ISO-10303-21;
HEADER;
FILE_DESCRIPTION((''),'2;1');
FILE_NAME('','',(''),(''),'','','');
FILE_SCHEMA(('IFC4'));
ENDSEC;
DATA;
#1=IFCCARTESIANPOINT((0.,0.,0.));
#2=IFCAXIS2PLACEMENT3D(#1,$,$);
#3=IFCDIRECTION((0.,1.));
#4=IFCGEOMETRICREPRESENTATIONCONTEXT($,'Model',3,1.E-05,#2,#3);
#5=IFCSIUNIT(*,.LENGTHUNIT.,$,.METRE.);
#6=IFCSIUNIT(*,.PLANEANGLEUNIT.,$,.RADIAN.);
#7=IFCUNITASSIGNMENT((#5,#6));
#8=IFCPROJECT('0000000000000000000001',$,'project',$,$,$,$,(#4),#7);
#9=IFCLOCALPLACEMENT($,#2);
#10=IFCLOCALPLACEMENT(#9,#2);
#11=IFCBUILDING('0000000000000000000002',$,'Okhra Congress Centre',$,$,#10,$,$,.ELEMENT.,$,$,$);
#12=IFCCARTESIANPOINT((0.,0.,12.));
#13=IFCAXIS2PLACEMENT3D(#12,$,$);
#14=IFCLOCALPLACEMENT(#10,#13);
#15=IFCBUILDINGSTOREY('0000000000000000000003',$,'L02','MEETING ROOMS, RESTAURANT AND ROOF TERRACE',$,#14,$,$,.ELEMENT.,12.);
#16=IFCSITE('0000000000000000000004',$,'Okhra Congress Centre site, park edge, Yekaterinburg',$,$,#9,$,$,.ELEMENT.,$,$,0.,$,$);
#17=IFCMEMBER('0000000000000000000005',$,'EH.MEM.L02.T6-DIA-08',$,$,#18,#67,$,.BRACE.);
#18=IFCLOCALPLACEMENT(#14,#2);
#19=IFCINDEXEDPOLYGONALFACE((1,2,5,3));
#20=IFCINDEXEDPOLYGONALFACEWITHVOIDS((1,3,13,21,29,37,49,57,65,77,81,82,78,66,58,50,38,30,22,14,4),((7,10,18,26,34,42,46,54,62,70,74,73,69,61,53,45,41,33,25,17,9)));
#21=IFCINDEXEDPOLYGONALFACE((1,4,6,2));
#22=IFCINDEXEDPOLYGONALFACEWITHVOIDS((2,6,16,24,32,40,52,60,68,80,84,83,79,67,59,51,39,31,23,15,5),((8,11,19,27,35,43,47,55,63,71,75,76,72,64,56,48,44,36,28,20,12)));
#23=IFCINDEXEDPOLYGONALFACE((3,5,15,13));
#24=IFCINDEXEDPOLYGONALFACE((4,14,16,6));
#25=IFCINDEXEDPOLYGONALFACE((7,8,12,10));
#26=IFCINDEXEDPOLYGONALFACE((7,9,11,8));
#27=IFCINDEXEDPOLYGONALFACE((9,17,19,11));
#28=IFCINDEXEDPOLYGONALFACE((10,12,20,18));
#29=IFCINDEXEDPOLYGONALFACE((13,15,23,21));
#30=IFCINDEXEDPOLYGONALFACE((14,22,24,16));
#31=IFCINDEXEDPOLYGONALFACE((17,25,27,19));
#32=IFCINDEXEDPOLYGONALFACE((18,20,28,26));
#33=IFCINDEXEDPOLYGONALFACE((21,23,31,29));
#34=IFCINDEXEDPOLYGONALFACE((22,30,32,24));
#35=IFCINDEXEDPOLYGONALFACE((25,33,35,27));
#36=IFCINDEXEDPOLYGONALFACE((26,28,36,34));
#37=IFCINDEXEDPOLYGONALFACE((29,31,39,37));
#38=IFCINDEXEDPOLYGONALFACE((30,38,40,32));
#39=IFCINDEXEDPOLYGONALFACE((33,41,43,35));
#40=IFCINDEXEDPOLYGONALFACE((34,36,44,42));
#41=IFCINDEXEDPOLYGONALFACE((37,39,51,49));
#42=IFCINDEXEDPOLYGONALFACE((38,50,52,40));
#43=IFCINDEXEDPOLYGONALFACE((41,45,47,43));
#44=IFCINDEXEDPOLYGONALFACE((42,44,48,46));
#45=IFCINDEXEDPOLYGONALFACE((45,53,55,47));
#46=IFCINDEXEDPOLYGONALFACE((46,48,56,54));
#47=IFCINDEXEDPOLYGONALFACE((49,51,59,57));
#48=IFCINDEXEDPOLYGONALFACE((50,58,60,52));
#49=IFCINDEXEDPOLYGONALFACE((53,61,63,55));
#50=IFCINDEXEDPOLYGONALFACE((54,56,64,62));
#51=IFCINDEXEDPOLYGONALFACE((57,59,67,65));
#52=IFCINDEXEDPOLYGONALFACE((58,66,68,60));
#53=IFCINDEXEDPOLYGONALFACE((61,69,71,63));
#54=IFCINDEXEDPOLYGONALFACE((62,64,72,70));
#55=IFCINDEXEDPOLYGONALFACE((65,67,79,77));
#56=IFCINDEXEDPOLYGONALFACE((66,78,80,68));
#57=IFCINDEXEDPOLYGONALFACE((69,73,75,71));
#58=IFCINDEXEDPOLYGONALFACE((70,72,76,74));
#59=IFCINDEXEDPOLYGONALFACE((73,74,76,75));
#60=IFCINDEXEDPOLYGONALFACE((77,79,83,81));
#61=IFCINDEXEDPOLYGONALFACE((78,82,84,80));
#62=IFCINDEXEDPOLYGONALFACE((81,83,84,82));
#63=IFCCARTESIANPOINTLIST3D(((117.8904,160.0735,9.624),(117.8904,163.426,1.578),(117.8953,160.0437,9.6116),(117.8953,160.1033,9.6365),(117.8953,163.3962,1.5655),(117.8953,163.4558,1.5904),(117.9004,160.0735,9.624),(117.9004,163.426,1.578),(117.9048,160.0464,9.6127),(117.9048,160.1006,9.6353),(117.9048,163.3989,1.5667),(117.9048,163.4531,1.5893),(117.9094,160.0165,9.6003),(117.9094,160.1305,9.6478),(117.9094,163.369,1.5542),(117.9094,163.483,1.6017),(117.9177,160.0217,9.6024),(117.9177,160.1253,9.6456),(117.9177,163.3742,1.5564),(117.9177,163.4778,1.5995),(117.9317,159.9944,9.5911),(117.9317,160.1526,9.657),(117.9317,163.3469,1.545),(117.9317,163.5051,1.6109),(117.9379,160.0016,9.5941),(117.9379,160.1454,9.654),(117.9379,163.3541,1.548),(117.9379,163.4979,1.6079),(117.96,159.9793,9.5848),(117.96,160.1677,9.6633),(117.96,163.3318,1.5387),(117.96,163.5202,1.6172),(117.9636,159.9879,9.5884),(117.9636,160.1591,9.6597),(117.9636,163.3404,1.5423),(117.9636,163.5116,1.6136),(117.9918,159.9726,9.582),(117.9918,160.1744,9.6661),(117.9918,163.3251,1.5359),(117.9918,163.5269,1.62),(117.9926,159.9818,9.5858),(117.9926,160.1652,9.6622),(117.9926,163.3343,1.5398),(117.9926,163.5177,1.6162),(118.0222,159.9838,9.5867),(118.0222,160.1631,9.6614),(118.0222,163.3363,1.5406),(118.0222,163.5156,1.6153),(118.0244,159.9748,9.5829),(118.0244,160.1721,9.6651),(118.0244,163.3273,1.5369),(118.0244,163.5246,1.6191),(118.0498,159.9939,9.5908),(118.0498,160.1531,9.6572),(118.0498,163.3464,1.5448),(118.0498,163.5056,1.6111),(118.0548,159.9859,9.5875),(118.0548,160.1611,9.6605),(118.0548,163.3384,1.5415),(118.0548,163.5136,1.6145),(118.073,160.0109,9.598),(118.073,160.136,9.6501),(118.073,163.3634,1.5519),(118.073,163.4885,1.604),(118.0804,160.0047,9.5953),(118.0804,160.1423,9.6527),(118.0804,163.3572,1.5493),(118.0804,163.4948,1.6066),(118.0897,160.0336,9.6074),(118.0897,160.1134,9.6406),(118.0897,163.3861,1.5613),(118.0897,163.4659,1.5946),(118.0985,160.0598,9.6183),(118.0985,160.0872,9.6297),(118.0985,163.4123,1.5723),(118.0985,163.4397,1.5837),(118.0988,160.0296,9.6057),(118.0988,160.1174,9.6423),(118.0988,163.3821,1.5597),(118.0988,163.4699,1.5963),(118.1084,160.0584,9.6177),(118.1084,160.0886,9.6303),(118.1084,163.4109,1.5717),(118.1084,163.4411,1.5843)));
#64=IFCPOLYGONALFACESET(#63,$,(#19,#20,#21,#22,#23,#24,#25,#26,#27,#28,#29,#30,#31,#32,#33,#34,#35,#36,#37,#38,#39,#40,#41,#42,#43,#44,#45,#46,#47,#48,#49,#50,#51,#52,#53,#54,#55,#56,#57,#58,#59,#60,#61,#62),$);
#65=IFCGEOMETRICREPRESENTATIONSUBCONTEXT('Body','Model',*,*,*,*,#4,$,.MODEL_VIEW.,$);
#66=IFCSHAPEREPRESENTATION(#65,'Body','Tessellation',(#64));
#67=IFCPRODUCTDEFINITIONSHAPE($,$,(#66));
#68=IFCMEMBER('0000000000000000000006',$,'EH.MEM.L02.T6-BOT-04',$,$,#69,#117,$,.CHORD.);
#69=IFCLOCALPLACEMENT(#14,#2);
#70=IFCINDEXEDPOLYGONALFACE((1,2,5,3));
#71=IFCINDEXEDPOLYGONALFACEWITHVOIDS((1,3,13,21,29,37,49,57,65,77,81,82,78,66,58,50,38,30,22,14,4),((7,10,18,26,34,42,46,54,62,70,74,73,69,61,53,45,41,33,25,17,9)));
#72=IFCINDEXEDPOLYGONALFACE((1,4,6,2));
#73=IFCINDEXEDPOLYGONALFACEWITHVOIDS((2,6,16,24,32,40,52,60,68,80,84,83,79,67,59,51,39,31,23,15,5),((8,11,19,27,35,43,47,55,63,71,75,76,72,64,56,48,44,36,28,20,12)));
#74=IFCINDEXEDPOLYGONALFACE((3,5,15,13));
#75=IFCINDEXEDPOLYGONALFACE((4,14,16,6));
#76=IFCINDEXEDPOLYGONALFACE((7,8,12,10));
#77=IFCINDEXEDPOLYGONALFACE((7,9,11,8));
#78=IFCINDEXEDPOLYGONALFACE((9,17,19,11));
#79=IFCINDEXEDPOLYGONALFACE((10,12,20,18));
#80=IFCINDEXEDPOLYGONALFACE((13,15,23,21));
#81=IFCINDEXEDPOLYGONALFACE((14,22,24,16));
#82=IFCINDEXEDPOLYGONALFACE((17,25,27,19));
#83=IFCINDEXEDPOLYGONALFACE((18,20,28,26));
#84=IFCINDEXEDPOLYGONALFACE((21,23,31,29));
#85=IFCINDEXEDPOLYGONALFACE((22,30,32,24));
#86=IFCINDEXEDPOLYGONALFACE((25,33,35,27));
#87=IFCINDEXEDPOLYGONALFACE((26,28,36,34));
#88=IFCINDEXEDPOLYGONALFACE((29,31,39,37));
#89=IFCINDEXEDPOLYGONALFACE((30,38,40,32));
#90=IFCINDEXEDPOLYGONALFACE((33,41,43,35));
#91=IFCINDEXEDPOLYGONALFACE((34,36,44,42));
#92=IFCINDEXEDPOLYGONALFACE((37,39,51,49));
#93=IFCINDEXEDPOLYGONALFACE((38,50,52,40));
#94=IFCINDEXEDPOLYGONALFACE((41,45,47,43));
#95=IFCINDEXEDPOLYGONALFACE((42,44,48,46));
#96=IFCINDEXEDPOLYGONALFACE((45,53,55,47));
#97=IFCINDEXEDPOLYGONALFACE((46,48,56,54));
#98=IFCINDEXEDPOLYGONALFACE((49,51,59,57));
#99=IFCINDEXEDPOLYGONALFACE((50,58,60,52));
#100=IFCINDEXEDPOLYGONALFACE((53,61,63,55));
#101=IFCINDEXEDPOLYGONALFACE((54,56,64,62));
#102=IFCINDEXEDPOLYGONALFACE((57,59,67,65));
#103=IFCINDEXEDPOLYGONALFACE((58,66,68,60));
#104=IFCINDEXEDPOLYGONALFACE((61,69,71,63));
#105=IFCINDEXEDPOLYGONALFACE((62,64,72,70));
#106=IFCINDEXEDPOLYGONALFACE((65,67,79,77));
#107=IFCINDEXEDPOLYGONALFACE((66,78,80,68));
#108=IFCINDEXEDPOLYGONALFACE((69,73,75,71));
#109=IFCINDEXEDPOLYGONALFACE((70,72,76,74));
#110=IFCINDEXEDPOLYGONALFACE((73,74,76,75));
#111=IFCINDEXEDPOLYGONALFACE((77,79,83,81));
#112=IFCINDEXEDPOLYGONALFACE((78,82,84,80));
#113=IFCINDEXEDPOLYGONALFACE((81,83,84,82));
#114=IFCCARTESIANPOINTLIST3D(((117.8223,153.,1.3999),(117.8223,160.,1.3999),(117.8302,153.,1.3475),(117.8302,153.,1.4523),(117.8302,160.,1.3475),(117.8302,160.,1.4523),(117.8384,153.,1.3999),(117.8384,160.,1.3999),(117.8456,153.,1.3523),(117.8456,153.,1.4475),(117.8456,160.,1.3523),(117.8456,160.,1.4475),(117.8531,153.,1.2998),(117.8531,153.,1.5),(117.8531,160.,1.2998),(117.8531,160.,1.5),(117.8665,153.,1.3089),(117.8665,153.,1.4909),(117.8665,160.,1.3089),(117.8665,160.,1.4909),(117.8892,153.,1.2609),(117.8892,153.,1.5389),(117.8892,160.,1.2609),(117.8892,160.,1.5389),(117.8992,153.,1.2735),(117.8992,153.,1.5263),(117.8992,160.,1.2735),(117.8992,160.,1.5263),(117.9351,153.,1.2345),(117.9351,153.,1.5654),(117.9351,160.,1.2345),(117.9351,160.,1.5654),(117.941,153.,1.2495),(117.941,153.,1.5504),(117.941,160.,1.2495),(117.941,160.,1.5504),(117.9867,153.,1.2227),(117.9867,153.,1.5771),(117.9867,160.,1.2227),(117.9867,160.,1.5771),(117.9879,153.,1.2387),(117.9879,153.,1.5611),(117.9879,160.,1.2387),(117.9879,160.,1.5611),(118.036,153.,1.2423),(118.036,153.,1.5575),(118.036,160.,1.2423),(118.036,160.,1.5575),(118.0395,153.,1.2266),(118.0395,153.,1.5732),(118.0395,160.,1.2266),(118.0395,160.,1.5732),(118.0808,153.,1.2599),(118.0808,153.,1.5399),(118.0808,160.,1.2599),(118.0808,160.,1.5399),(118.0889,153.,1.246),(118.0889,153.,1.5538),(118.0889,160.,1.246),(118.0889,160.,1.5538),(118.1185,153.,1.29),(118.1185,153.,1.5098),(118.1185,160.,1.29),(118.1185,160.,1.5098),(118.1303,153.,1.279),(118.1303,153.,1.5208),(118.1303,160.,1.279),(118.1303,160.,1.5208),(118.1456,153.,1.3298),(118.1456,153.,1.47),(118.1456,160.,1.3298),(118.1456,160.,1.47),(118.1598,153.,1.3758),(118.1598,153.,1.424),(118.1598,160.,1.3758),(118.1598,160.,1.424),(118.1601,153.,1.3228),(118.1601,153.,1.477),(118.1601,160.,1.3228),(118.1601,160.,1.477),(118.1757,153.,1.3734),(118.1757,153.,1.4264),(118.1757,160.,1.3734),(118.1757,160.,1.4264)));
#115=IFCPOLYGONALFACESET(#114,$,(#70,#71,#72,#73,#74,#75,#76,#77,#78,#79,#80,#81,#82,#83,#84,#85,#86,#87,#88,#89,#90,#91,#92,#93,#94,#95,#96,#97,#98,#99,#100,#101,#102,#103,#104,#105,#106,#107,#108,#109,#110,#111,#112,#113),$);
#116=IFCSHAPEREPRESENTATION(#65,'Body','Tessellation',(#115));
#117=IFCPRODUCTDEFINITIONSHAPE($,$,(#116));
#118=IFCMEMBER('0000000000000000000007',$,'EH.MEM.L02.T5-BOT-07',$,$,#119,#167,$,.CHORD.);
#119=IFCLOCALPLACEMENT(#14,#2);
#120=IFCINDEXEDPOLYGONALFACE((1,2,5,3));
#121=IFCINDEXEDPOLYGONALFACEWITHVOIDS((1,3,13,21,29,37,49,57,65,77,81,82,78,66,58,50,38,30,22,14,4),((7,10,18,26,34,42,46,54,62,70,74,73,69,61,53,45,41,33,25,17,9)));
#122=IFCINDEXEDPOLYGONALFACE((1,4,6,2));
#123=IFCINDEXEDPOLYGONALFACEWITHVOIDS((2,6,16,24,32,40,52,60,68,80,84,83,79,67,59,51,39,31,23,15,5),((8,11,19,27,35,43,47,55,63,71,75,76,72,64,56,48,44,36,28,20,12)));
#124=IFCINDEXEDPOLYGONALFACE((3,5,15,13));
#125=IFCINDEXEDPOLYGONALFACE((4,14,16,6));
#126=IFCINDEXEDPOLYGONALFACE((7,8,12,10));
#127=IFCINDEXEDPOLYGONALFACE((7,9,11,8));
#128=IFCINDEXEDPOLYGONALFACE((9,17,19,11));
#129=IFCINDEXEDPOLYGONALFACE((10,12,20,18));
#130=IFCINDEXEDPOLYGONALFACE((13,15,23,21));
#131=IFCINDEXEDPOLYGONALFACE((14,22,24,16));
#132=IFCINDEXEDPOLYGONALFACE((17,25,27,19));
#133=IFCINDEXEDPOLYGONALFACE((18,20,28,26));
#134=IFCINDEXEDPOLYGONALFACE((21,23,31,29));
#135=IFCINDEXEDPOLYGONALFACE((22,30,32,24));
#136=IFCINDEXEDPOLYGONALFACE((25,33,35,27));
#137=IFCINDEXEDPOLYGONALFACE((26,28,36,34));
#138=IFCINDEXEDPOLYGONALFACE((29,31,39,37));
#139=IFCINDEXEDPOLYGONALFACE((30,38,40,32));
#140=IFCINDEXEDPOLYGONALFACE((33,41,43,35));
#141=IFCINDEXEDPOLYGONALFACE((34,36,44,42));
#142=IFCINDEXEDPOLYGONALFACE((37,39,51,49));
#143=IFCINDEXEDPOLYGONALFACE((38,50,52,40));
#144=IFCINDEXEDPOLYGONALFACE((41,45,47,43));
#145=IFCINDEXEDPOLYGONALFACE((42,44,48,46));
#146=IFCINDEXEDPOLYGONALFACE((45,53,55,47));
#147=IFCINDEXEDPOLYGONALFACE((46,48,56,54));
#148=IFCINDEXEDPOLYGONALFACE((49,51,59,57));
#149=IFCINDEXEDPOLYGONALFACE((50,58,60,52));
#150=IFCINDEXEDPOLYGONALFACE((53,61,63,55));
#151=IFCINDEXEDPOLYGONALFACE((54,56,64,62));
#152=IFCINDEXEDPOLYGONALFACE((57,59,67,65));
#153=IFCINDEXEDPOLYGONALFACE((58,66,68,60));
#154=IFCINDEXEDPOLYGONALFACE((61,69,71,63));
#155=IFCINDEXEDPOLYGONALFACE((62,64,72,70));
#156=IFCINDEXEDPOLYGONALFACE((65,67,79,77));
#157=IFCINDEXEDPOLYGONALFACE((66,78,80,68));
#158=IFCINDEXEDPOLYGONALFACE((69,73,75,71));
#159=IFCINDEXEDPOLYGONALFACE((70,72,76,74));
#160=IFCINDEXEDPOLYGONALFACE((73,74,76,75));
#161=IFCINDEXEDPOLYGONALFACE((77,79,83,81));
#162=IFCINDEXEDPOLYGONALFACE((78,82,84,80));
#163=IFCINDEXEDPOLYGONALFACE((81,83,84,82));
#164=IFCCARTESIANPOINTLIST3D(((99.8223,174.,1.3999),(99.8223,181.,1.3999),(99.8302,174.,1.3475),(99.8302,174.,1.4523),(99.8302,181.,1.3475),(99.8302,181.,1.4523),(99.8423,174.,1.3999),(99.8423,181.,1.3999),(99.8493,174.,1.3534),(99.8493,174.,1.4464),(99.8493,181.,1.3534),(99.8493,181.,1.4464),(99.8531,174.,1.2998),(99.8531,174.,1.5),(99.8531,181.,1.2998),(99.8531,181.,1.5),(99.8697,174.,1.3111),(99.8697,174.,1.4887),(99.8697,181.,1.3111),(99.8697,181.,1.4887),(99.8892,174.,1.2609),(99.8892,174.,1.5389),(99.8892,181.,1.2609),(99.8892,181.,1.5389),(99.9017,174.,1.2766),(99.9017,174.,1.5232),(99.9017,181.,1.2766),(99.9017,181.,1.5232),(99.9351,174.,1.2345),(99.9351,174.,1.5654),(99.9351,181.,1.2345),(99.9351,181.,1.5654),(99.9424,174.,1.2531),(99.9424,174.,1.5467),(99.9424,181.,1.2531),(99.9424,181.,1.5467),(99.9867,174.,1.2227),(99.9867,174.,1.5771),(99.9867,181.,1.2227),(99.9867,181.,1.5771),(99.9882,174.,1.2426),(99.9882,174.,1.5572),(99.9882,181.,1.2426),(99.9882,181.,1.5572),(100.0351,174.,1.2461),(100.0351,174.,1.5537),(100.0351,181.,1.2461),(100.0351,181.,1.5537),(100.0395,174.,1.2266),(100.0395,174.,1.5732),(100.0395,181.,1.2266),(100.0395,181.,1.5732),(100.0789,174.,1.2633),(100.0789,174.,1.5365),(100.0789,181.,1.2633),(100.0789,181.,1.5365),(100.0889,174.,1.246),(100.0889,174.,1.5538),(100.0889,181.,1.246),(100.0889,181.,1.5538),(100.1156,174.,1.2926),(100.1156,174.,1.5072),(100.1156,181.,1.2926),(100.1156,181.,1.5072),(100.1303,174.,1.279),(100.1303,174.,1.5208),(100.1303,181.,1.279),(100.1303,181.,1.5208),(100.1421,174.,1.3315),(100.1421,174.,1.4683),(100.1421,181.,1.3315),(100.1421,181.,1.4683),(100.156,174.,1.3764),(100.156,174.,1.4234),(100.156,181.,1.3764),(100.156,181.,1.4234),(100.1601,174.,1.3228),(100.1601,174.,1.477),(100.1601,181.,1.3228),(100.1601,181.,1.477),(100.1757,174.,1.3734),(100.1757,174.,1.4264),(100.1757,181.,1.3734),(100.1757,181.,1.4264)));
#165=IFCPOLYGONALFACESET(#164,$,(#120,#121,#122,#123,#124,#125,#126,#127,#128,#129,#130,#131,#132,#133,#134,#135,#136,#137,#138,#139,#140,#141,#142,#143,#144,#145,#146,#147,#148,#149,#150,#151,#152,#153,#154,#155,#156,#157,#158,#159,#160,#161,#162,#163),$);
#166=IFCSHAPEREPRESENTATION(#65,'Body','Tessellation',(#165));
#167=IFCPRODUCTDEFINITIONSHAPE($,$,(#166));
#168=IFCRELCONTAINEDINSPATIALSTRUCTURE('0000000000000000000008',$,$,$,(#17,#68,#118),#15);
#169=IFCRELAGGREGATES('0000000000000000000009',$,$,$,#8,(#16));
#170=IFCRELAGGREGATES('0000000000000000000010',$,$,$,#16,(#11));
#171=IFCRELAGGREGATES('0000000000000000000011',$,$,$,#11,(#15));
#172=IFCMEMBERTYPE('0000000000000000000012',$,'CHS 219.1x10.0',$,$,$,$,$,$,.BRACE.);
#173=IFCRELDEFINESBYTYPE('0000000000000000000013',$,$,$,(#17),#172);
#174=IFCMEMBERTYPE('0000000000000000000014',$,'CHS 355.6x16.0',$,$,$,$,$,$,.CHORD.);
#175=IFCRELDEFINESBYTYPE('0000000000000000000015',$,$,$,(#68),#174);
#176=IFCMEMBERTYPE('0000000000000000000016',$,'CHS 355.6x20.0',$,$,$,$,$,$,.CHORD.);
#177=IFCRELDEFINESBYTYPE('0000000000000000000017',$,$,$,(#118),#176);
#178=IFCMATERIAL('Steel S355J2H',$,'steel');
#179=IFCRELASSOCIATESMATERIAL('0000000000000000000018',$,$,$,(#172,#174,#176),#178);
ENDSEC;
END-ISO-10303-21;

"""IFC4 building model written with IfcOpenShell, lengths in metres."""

from ifc_helpers import new_model, si_unit, direction, frame, origin, origin_2d, place, context, subcontext, project, spatial, hollow_circle, extrude, material, material_profile, profile_set, type_object, element, save


model = new_model("IFC4")

# Units and contexts
model_context = context("Model", 3, precision=1e-05, world=origin(), true_north=direction((0.0, 1.0)))
body_context = subcontext(model_context, "Body", "Model", "MODEL_VIEW")
ifc_project = project(units=[si_unit("LENGTHUNIT", "METRE"), si_unit("PLANEANGLEUNIT", "RADIAN")], contexts=[model_context])

# Site, building, storey
site_placement = place(None, origin())
site = spatial("IfcSite", under=ifc_project, at=site_placement, Name="Okhra Congress Centre site, park edge, Yekaterinburg", CompositionType="ELEMENT", RefElevation=0.0)
building_placement = place(site_placement, origin())
building = spatial("IfcBuilding", under=site, at=building_placement, Name="Okhra Congress Centre", CompositionType="ELEMENT")
storey_placement = place(building_placement, frame((0.0, 0.0, 12.0)))
storey = spatial("IfcBuildingStorey", under=building, at=storey_placement, Name="L02", Description="MEETING ROOMS, RESTAURANT AND ROOF TERRACE", CompositionType="ELEMENT", Elevation=12.0)

# Members
ifc_material_1 = material(Name="Steel S355J2H", Category="steel")
ifc_material_profile_1 = material_profile(ifc_material_1, hollow_circle(Radius=0.1096, WallThickness=0.01, at=origin_2d()), Name="CHS 219.1x10.0")
ifc_profile_set_1 = profile_set([ifc_material_profile_1], Name="Steel S355J2H")
member_type_1 = type_object("IfcMemberType", Name="CHS 219.1x10.0", PredefinedType="BRACE", material=ifc_profile_set_1)
member_1_placement = place(storey_placement, frame((118.0, 160.0735, 9.624), z_axis=(0.0, 0.384613, -0.923078), x_axis=(-1.0, 0.0, 0.0)))
element("IfcMember", 1, at=member_1_placement, inside=storey, type_object=member_type_1, Name="EH.MEM.L02.T6-DIA-08", PredefinedType="BRACE", context=body_context, shape_type="SweptSolid", body=[
    extrude(hollow_circle(Radius=0.1096, WallThickness=0.01, at=origin_2d()), origin(), (0.0, 0.0, 1.0), 8.7166),
])
ifc_material_profile_2 = material_profile(ifc_material_1, hollow_circle(Radius=0.1777, WallThickness=0.0161, at=origin_2d()), Name="CHS 355.6x16.0")
ifc_profile_set_2 = profile_set([ifc_material_profile_2], Name="Steel S355J2H")
member_type_2 = type_object("IfcMemberType", Name="CHS 355.6x16.0", PredefinedType="CHORD", material=ifc_profile_set_2)
member_2_placement = place(storey_placement, frame((118.0, 153.0, 1.3999), z_axis=(0.0, 1.0, 0.0), x_axis=(-1.0, 0.0, 0.0)))
element("IfcMember", 2, at=member_2_placement, inside=storey, type_object=member_type_2, Name="EH.MEM.L02.T6-BOT-04", PredefinedType="CHORD", context=body_context, shape_type="SweptSolid", body=[
    extrude(hollow_circle(Radius=0.1777, WallThickness=0.0161, at=origin_2d()), origin(), (0.0, 0.0, 1.0), 7.0),
])
ifc_material_profile_3 = material_profile(ifc_material_1, hollow_circle(Radius=0.1777, WallThickness=0.02, at=origin_2d()), Name="CHS 355.6x20.0")
ifc_profile_set_3 = profile_set([ifc_material_profile_3], Name="Steel S355J2H")
member_type_3 = type_object("IfcMemberType", Name="CHS 355.6x20.0", PredefinedType="CHORD", material=ifc_profile_set_3)
for number, where, z_axis, x_axis, name in (
    (3, (100.0, 174.0, 1.3999), (0.0, 1.0, 0.0), (-1.0, 0.0, 0.0), "EH.MEM.L02.T5-BOT-07"),
):
    element("IfcMember", number, at=place(storey_placement, frame(where, z_axis=z_axis, x_axis=x_axis)), inside=storey, type_object=member_type_3, Name=name, PredefinedType="CHORD", context=body_context, shape_type="SweptSolid", body=[
        extrude(hollow_circle(Radius=0.1777, WallThickness=0.02, at=origin_2d()), origin(), (0.0, 0.0, 1.0), 7.0),
    ])

save(model, "model.ifc")
